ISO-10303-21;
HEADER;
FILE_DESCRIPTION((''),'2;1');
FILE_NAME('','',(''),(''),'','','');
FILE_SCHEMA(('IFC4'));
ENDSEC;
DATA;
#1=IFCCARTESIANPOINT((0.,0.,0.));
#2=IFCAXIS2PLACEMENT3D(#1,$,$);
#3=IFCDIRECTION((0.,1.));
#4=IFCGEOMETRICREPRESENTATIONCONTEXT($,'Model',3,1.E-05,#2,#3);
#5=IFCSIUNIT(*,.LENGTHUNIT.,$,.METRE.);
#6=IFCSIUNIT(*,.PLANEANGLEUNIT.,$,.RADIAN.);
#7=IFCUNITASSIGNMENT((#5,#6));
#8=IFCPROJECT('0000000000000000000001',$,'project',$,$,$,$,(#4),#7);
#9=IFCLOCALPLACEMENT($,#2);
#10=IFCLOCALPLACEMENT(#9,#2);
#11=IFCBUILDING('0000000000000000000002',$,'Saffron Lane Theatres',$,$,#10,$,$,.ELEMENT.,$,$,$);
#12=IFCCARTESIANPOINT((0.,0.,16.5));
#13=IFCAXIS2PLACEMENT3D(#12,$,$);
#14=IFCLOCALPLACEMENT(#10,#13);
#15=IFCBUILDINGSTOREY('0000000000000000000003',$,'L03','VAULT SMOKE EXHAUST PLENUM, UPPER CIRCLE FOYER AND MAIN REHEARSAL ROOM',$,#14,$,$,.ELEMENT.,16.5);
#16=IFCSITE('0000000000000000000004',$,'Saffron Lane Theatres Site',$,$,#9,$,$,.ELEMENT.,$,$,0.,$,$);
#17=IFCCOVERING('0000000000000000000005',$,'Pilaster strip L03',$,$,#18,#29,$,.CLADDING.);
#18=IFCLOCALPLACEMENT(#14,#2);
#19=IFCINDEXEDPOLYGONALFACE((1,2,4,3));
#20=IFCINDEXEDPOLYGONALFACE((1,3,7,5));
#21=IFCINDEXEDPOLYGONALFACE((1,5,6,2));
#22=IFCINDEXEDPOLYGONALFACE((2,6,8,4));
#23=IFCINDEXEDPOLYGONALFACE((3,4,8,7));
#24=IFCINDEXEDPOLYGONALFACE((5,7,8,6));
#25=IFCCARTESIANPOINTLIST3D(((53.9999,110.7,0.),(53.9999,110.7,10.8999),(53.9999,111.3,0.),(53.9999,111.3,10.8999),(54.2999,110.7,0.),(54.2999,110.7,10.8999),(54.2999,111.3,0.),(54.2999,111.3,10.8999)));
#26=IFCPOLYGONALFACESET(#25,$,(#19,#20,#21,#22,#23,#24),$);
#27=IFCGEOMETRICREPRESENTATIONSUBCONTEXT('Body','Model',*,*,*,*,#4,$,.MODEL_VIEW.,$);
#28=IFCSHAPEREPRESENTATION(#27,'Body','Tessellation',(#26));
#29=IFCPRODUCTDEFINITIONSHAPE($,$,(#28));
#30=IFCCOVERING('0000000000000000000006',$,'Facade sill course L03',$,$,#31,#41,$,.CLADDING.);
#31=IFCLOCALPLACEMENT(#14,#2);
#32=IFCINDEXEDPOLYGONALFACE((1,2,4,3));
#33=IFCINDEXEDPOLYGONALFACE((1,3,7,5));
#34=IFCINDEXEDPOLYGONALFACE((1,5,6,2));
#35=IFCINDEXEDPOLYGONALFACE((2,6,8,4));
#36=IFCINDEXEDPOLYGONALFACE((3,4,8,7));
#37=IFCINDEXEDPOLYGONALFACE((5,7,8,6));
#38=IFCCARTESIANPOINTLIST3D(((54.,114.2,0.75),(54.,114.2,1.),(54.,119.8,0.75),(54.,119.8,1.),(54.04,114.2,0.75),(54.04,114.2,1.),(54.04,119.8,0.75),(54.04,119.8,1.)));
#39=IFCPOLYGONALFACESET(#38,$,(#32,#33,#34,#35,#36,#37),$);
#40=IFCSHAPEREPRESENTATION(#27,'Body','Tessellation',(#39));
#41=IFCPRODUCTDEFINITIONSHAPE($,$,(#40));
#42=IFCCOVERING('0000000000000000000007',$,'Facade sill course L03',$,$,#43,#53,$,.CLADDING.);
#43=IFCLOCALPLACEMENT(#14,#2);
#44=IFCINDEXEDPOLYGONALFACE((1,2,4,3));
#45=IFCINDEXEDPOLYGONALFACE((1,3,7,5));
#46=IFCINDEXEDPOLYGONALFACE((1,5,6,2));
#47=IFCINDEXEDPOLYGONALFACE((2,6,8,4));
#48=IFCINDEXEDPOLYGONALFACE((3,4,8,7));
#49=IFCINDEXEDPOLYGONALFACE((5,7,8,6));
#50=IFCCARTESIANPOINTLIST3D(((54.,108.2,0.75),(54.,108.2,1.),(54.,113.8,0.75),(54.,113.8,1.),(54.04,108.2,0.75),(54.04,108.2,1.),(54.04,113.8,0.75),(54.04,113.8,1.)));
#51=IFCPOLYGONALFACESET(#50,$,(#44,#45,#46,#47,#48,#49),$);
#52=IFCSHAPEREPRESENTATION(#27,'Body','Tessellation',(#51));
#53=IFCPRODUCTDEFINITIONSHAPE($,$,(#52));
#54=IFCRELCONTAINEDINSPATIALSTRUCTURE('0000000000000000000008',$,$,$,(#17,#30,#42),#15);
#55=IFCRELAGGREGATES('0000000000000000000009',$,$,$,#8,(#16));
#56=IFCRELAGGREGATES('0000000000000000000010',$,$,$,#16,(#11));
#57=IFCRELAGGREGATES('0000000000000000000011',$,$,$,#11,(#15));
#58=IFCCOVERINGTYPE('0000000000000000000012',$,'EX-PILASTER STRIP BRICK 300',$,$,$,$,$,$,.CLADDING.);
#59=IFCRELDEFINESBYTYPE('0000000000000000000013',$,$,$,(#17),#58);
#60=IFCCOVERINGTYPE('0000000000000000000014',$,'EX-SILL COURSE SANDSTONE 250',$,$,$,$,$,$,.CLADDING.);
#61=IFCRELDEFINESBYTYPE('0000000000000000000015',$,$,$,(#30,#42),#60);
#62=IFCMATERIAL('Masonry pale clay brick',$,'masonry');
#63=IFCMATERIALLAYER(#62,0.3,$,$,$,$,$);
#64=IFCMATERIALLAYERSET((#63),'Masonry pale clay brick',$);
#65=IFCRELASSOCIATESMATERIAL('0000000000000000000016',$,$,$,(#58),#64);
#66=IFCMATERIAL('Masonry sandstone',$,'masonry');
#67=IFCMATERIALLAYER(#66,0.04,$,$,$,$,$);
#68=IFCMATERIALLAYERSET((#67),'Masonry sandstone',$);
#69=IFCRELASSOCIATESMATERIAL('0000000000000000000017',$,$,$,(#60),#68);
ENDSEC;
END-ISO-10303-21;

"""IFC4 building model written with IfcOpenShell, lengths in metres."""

from ifc_helpers import new_model, si_unit, direction, frame, origin, origin_2d, place, context, subcontext, project, spatial, rectangle, extrude, material, layer, layer_set, type_object, element, save


model = new_model("IFC4")

# Units and contexts
model_context = context("Model", 3, precision=1e-05, world=origin(), true_north=direction((0.0, 1.0)))
body_context = subcontext(model_context, "Body", "Model", "MODEL_VIEW")
ifc_project = project(units=[si_unit("LENGTHUNIT", "METRE"), si_unit("PLANEANGLEUNIT", "RADIAN")], contexts=[model_context])

# Site, building, storey
site_placement = place(None, origin())
site = spatial("IfcSite", under=ifc_project, at=site_placement, Name="Saffron Lane Theatres Site", CompositionType="ELEMENT", RefElevation=0.0)
building_placement = place(site_placement, origin())
building = spatial("IfcBuilding", under=site, at=building_placement, Name="Saffron Lane Theatres", CompositionType="ELEMENT")
storey_placement = place(building_placement, frame((0.0, 0.0, 16.5)))
storey = spatial("IfcBuildingStorey", under=building, at=storey_placement, Name="L03", Description="VAULT SMOKE EXHAUST PLENUM, UPPER CIRCLE FOYER AND MAIN REHEARSAL ROOM", CompositionType="ELEMENT", Elevation=16.5)

# Coverings
ifc_material_1 = material(Name="Masonry pale clay brick", Category="masonry")
ifc_layer_1 = layer(ifc_material_1, 0.3)
ifc_layer_set_1 = layer_set([ifc_layer_1], Name="Masonry pale clay brick")
covering_type_1 = type_object("IfcCoveringType", Name="EX-PILASTER STRIP BRICK 300", PredefinedType="CLADDING", material=ifc_layer_set_1)
for number, where, z_axis, x_axis, name in (
    (1, (54.1499, 111.0, 0.0), (0.0, 0.0, 1.0), (0.0, -1.0, 0.0), "Pilaster strip L03"),
):
    element("IfcCovering", number, at=place(storey_placement, frame(where, z_axis=z_axis, x_axis=x_axis)), inside=storey, type_object=covering_type_1, Name=name, PredefinedType="CLADDING", context=body_context, shape_type="SweptSolid", body=[
        extrude(rectangle(XDim=0.6001, YDim=0.3, at=origin_2d()), origin(), (0.0, 0.0, 1.0), 10.8999),
    ])
ifc_material_2 = material(Name="Masonry sandstone", Category="masonry")
ifc_layer_2 = layer(ifc_material_2, 0.04)
ifc_layer_set_2 = layer_set([ifc_layer_2], Name="Masonry sandstone")
covering_type_2 = type_object("IfcCoveringType", Name="EX-SILL COURSE SANDSTONE 250", PredefinedType="CLADDING", material=ifc_layer_set_2)
for number, where, z_axis, x_axis, name in (
    (2, (54.02, 117.0, 0.75), (0.0, 0.0, 1.0), (0.0, -1.0, 0.0), "Facade sill course L03"),
    (3, (54.02, 111.0, 0.75), (0.0, 0.0, 1.0), (0.0, -1.0, 0.0), "Facade sill course L03"),
):
    element("IfcCovering", number, at=place(storey_placement, frame(where, z_axis=z_axis, x_axis=x_axis)), inside=storey, type_object=covering_type_2, Name=name, PredefinedType="CLADDING", context=body_context, shape_type="SweptSolid", body=[
        extrude(rectangle(XDim=5.6001, YDim=0.04, at=origin_2d()), origin(), (0.0, 0.0, 1.0), 0.25),
    ])

save(model, "model.ifc")
